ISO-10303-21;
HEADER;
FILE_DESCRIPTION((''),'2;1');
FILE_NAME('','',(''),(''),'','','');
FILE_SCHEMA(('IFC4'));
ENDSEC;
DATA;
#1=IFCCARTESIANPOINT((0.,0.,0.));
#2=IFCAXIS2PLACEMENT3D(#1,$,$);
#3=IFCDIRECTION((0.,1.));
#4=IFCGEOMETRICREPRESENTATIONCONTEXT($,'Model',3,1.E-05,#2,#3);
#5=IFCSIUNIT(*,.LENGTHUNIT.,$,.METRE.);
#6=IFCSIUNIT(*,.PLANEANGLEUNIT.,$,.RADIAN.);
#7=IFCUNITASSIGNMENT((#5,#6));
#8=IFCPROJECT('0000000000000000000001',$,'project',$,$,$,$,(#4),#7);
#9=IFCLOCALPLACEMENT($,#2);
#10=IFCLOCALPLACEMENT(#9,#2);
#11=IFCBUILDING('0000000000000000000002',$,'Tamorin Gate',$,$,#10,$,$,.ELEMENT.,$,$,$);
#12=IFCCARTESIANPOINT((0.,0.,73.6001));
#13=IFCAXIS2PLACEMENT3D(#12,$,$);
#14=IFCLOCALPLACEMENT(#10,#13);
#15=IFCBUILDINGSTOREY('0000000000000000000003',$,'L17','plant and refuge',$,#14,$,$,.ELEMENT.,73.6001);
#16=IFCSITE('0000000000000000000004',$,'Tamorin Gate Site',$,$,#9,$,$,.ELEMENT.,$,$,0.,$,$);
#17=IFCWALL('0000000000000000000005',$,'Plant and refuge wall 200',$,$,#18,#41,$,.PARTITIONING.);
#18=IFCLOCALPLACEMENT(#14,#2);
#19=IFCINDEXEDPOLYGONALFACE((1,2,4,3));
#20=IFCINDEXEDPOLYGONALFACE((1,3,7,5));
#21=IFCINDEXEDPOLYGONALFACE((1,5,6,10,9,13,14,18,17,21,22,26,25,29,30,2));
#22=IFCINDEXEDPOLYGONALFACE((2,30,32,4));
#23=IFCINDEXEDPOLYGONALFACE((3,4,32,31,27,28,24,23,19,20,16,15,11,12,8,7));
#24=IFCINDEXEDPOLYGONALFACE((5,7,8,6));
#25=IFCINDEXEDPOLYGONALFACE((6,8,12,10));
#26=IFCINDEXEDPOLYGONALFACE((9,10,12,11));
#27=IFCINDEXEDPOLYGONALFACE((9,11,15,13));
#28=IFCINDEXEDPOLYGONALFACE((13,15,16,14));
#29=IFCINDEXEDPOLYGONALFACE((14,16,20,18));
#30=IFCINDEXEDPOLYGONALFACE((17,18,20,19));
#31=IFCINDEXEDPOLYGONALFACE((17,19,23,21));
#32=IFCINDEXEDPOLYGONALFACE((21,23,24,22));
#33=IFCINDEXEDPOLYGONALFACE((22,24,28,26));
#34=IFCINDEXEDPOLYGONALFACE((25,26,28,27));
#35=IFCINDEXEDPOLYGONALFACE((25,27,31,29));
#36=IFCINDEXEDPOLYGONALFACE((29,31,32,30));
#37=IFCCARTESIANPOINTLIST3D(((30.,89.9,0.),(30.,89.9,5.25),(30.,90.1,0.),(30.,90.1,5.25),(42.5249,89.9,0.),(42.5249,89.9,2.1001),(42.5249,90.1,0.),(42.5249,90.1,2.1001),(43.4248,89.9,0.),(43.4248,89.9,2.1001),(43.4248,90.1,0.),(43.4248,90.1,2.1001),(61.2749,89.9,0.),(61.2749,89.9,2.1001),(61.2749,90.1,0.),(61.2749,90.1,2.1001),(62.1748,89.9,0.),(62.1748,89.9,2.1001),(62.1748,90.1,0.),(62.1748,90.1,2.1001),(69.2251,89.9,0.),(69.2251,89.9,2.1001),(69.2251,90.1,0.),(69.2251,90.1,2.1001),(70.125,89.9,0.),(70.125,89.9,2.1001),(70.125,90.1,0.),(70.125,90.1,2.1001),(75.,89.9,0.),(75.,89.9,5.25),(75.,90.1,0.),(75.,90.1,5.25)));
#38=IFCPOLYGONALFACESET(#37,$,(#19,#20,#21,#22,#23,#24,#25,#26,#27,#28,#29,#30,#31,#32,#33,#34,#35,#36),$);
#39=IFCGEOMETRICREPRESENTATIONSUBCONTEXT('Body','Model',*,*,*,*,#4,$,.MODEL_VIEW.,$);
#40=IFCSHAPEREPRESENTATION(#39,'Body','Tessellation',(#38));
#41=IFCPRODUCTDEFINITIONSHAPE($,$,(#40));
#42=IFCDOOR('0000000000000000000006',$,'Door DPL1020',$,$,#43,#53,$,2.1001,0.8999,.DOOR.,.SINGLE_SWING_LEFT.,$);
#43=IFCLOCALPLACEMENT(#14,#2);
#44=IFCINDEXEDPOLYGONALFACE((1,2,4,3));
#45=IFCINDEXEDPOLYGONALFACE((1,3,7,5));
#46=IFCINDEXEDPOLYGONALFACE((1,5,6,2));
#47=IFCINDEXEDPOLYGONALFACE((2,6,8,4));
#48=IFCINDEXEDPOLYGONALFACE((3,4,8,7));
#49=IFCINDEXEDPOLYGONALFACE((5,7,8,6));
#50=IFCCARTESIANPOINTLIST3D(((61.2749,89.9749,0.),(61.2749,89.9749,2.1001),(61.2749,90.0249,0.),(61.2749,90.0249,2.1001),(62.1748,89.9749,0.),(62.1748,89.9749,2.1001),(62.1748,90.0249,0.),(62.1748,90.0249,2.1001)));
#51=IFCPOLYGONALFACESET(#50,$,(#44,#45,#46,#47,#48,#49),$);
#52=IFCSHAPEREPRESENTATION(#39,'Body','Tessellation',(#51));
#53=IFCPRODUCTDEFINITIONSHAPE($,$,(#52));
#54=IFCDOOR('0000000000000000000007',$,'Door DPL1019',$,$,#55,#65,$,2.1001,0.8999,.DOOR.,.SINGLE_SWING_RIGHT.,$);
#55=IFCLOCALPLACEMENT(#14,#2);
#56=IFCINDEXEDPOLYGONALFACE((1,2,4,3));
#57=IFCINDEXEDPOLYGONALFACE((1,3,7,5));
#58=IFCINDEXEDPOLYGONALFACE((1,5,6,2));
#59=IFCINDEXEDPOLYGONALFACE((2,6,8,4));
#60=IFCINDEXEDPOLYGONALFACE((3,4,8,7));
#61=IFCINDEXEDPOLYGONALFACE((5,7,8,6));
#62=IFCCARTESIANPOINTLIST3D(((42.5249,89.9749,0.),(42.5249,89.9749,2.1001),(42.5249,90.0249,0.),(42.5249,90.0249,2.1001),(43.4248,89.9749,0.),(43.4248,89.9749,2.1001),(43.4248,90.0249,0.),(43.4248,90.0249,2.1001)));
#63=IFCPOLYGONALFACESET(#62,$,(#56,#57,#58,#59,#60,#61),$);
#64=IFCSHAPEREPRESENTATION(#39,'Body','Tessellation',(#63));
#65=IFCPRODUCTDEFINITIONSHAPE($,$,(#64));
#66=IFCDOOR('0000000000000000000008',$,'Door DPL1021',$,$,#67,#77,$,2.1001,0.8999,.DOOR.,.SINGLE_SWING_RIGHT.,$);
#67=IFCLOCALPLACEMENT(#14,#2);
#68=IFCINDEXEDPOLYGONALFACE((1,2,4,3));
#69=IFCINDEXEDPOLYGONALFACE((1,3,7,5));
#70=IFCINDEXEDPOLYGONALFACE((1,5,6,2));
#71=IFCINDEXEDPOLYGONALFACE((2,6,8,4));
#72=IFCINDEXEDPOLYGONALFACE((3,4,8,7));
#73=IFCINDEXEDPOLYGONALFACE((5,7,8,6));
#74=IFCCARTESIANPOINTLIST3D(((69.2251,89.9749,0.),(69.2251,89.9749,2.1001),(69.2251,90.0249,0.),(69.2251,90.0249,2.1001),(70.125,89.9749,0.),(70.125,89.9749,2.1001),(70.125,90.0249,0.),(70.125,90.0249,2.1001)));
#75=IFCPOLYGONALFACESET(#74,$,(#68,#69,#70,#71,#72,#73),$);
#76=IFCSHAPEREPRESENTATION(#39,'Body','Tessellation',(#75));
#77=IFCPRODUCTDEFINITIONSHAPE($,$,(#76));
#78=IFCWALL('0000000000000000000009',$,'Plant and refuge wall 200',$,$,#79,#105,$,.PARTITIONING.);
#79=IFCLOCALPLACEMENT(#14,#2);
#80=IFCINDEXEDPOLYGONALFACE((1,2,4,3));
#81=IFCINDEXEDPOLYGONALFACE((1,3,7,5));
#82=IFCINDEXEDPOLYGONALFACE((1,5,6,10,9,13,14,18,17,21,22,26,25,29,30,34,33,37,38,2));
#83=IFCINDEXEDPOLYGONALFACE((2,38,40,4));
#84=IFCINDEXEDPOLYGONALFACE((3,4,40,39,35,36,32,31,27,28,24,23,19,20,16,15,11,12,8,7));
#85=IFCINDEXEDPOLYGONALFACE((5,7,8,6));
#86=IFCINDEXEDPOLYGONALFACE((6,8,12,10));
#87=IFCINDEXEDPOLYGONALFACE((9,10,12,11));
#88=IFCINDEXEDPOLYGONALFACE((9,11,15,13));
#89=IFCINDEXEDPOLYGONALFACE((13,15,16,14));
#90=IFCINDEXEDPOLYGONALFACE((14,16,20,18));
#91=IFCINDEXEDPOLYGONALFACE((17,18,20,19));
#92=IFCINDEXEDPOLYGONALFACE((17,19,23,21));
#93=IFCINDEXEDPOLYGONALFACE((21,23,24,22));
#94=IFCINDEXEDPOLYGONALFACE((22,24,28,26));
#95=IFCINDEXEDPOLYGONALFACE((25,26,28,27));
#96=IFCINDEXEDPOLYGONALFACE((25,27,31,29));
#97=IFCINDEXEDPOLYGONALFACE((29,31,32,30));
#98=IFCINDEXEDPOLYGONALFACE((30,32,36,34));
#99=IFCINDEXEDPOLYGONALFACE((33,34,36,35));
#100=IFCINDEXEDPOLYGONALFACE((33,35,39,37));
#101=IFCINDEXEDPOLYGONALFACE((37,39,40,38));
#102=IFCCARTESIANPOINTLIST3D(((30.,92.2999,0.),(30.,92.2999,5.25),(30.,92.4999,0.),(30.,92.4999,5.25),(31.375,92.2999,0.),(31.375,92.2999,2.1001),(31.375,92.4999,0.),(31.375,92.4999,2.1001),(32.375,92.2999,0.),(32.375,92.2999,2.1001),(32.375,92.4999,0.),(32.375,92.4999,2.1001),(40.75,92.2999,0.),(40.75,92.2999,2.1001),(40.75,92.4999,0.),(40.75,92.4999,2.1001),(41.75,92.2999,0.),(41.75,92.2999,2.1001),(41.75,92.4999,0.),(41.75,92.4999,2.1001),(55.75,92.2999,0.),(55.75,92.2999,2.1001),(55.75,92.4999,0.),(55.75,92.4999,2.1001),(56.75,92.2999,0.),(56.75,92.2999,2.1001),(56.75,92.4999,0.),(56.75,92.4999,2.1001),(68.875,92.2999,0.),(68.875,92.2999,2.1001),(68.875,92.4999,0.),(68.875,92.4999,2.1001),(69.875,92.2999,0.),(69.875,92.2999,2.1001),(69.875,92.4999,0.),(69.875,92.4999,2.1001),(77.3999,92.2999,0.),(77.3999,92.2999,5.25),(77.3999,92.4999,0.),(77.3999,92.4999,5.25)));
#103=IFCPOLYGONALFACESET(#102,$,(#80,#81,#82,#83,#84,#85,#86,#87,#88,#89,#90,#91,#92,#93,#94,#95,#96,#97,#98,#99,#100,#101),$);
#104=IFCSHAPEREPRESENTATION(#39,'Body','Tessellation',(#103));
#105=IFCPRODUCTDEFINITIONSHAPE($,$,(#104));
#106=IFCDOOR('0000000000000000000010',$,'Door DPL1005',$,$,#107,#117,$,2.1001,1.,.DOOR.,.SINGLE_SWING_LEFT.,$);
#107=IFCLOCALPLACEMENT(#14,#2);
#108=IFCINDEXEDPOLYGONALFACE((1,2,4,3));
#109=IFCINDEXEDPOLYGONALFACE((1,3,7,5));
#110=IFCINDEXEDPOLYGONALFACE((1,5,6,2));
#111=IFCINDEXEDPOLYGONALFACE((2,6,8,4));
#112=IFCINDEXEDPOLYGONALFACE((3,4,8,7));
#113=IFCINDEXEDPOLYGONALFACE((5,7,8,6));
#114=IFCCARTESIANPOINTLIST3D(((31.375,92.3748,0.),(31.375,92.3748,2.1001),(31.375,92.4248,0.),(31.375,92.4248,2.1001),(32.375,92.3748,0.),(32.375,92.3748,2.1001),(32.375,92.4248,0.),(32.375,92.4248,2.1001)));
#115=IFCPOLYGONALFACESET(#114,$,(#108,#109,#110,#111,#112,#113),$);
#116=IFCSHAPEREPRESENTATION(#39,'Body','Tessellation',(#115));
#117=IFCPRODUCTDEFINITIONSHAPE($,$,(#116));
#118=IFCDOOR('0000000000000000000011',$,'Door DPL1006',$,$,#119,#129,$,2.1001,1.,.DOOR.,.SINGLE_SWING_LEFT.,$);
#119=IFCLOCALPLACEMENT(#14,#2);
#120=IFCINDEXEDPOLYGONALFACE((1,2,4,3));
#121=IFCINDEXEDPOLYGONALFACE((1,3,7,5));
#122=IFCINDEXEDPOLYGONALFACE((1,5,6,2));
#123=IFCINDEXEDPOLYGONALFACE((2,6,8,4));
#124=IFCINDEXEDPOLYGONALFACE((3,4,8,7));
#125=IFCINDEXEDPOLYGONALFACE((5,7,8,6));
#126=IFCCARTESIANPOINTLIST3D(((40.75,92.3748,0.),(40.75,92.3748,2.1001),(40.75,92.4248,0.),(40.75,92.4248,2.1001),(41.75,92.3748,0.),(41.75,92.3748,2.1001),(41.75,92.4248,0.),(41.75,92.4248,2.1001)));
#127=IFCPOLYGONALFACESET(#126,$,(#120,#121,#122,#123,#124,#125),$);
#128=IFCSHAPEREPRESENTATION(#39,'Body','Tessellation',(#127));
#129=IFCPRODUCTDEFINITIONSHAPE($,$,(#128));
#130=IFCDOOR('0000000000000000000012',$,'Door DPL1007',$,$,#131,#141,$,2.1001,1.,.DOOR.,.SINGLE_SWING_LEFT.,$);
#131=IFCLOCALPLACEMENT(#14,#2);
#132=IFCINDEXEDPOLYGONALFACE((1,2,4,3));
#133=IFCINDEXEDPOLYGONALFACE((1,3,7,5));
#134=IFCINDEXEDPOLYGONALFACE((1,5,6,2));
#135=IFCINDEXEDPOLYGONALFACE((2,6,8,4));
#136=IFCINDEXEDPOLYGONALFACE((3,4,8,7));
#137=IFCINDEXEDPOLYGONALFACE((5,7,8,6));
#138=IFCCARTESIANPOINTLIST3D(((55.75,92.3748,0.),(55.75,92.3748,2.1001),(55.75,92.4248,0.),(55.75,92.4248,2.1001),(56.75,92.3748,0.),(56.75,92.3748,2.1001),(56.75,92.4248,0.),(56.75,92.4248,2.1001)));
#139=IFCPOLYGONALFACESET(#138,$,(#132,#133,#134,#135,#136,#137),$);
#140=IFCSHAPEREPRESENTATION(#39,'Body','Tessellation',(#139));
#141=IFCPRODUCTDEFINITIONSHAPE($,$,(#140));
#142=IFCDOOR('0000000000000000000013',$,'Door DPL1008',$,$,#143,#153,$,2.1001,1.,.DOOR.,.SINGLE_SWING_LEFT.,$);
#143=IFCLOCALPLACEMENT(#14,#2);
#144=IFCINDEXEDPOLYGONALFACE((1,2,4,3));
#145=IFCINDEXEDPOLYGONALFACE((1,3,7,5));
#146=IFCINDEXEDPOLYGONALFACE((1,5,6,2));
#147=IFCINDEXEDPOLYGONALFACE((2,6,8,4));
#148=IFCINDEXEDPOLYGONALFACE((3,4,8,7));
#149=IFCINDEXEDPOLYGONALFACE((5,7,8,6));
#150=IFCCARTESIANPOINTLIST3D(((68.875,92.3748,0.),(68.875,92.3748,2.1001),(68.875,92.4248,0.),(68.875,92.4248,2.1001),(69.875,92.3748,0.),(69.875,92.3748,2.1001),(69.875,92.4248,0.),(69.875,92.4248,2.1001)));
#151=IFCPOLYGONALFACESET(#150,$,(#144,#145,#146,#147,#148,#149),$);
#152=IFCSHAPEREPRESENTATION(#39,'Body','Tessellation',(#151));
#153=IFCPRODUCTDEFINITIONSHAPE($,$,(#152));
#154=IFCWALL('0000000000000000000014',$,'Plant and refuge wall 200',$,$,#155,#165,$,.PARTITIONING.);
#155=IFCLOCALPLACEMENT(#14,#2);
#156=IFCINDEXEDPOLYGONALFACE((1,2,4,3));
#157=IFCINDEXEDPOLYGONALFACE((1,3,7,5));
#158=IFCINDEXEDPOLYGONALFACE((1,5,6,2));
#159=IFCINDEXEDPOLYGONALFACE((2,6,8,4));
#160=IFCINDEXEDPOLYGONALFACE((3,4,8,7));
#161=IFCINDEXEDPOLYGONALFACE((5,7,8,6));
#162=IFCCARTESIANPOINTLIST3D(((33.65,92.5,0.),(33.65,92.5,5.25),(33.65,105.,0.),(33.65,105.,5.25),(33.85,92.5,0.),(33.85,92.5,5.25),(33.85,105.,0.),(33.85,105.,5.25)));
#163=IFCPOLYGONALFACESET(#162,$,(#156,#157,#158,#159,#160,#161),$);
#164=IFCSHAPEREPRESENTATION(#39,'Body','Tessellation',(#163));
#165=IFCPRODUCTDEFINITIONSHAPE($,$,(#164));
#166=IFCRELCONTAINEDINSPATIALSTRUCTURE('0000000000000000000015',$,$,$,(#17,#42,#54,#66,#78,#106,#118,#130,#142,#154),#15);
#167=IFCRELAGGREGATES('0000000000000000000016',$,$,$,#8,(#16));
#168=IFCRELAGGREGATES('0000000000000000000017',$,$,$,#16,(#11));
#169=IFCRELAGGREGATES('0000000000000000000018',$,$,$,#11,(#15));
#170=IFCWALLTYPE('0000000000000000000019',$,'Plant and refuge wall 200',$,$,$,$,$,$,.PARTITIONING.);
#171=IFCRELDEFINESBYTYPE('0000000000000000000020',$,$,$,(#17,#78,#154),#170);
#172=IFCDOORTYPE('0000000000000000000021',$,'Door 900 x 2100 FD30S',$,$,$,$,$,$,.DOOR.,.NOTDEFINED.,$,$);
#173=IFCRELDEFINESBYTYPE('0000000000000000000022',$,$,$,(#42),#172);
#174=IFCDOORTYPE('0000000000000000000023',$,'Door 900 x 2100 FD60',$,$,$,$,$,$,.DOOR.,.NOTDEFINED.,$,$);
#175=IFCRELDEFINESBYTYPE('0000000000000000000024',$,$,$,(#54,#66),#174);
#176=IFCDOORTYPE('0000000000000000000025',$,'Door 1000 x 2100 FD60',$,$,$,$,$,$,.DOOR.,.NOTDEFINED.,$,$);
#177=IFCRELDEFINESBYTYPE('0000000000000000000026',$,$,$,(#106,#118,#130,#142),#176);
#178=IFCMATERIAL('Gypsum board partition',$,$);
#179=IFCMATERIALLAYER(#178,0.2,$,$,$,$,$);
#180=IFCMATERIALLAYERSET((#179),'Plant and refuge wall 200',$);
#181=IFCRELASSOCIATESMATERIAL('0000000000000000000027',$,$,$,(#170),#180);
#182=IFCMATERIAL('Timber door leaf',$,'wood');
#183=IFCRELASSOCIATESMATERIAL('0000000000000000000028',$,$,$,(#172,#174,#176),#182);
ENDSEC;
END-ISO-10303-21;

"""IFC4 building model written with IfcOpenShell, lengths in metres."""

from ifc_helpers import new_model, si_unit, direction, frame, frame_2d, origin, place, context, subcontext, project, spatial, rectangle, extrude, material, layer, layer_set, type_object, element, fill, save


model = new_model("IFC4")

# Units and contexts
model_context = context("Model", 3, precision=1e-05, world=origin(), true_north=direction((0.0, 1.0)))
body_context = subcontext(model_context, "Body", "Model", "MODEL_VIEW")
ifc_project = project(units=[si_unit("LENGTHUNIT", "METRE"), si_unit("PLANEANGLEUNIT", "RADIAN")], contexts=[model_context])

# Site, building, storey
site_placement = place(None, origin())
site = spatial("IfcSite", under=ifc_project, at=site_placement, Name="Tamorin Gate Site", CompositionType="ELEMENT", RefElevation=0.0)
building_placement = place(site_placement, origin())
building = spatial("IfcBuilding", under=site, at=building_placement, Name="Tamorin Gate", CompositionType="ELEMENT")
storey_placement = place(building_placement, frame((0.0, 0.0, 73.6001)))
storey = spatial("IfcBuildingStorey", under=building, at=storey_placement, Name="L17", Description="plant and refuge", CompositionType="ELEMENT", Elevation=73.6001)

# Walls, openings, doors
ifc_material_1 = material(Name="Gypsum board partition")
ifc_layer_1 = layer(ifc_material_1, 0.2)
ifc_layer_set_1 = layer_set([ifc_layer_1], Name="Plant and refuge wall 200")
wall_type_1 = type_object("IfcWallType", Name="Plant and refuge wall 200", PredefinedType="PARTITIONING", material=ifc_layer_set_1)
wall_1_placement = place(storey_placement, frame((30.0, 90.0, 0.0), z_axis=(0.0, 0.0, 1.0), x_axis=(1.0, 0.0, 0.0)))
wall_1 = element("IfcWall", 1, at=wall_1_placement, inside=storey, type_object=wall_type_1, Name="Plant and refuge wall 200", PredefinedType="PARTITIONING", context=body_context, shape_type="SweptSolid", body=[
    extrude(rectangle(XDim=45.0, YDim=0.2, at=frame_2d((22.5, 0.0))), origin(), (0.0, 0.0, 1.0), 5.25),
])
opening_1_placement = place(wall_1_placement, frame((12.5249, 0.0, 0.0)))
opening_1 = element("IfcOpeningElement", 2, at=opening_1_placement, cuts=wall_1, PredefinedType="OPENING", context=body_context, shape_type="SweptSolid", body=[
    extrude(rectangle(XDim=0.8999, YDim=2.1001, at=frame_2d((0.45, 1.05))), frame((0.0, 0.1099, 0.0), z_axis=(0.0, -1.0, 0.0), x_axis=(1.0, 0.0, 0.0)), (0.0, 0.0, 1.0), 0.22),
])
opening_2_placement = place(wall_1_placement, frame((31.2749, 0.0, 0.0)))
opening_2 = element("IfcOpeningElement", 3, at=opening_2_placement, cuts=wall_1, PredefinedType="OPENING", context=body_context, shape_type="SweptSolid", body=[
    extrude(rectangle(XDim=0.8999, YDim=2.1001, at=frame_2d((0.45, 1.05))), frame((0.0, 0.1099, 0.0), z_axis=(0.0, -1.0, 0.0), x_axis=(1.0, 0.0, 0.0)), (0.0, 0.0, 1.0), 0.22),
])
opening_3_placement = place(wall_1_placement, frame((39.2251, 0.0, 0.0)))
opening_3 = element("IfcOpeningElement", 4, at=opening_3_placement, cuts=wall_1, PredefinedType="OPENING", context=body_context, shape_type="SweptSolid", body=[
    extrude(rectangle(XDim=0.8999, YDim=2.1001, at=frame_2d((0.45, 1.05))), frame((0.0, 0.1099, 0.0), z_axis=(0.0, -1.0, 0.0), x_axis=(1.0, 0.0, 0.0)), (0.0, 0.0, 1.0), 0.22),
])
ifc_material_2 = material(Name="Timber door leaf", Category="wood")
door_type_1 = type_object("IfcDoorType", Name="Door 900 x 2100 FD30S", OperationType="NOTDEFINED", PredefinedType="DOOR", material=ifc_material_2)
door_1_placement = place(opening_2_placement, origin())
door_1 = element("IfcDoor", 5, at=door_1_placement, inside=storey, type_object=door_type_1, Name="Door DPL1020", OperationType="SINGLE_SWING_LEFT", OverallHeight=2.1001, OverallWidth=0.8999, PredefinedType="DOOR", context=body_context, shape_type="SweptSolid", body=[
    extrude(rectangle(XDim=0.8999, YDim=2.1001, at=frame_2d((0.45, 1.05))), frame((0.0, 0.0249, 0.0), z_axis=(0.0, -1.0, 0.0), x_axis=(1.0, 0.0, 0.0)), (0.0, 0.0, 1.0), 0.05),
])
fill(opening_2, door_1)
door_type_2 = type_object("IfcDoorType", Name="Door 900 x 2100 FD60", OperationType="NOTDEFINED", PredefinedType="DOOR", material=ifc_material_2)
door_2_placement = place(opening_1_placement, origin())
door_2 = element("IfcDoor", 6, at=door_2_placement, inside=storey, type_object=door_type_2, Name="Door DPL1019", OperationType="SINGLE_SWING_RIGHT", OverallHeight=2.1001, OverallWidth=0.8999, PredefinedType="DOOR", context=body_context, shape_type="SweptSolid", body=[
    extrude(rectangle(XDim=0.8999, YDim=2.1001, at=frame_2d((0.45, 1.05))), frame((0.0, 0.0249, 0.0), z_axis=(0.0, -1.0, 0.0), x_axis=(1.0, 0.0, 0.0)), (0.0, 0.0, 1.0), 0.05),
])
fill(opening_1, door_2)
door_3_placement = place(opening_3_placement, origin())
door_3 = element("IfcDoor", 7, at=door_3_placement, inside=storey, type_object=door_type_2, Name="Door DPL1021", OperationType="SINGLE_SWING_RIGHT", OverallHeight=2.1001, OverallWidth=0.8999, PredefinedType="DOOR", context=body_context, shape_type="SweptSolid", body=[
    extrude(rectangle(XDim=0.8999, YDim=2.1001, at=frame_2d((0.45, 1.05))), frame((0.0, 0.0249, 0.0), z_axis=(0.0, -1.0, 0.0), x_axis=(1.0, 0.0, 0.0)), (0.0, 0.0, 1.0), 0.05),
])
fill(opening_3, door_3)
wall_2_placement = place(storey_placement, frame((30.0, 92.3999, 0.0), z_axis=(0.0, 0.0, 1.0), x_axis=(1.0, 0.0, 0.0)))
wall_2 = element("IfcWall", 8, at=wall_2_placement, inside=storey, type_object=wall_type_1, Name="Plant and refuge wall 200", PredefinedType="PARTITIONING", context=body_context, shape_type="SweptSolid", body=[
    extrude(rectangle(XDim=47.3999, YDim=0.2, at=frame_2d((23.7, 0.0))), origin(), (0.0, 0.0, 1.0), 5.25),
])
opening_4_placement = place(wall_2_placement, frame((1.375, 0.0, 0.0)))
opening_4 = element("IfcOpeningElement", 9, at=opening_4_placement, cuts=wall_2, PredefinedType="OPENING", context=body_context, shape_type="SweptSolid", body=[
    extrude(rectangle(XDim=1.0, YDim=2.1001, at=frame_2d((0.5, 1.05))), frame((0.0, 0.1099, 0.0), z_axis=(0.0, -1.0, 0.0), x_axis=(1.0, 0.0, 0.0)), (0.0, 0.0, 1.0), 0.22),
])
opening_5_placement = place(wall_2_placement, frame((10.75, 0.0, 0.0)))
opening_5 = element("IfcOpeningElement", 10, at=opening_5_placement, cuts=wall_2, PredefinedType="OPENING", context=body_context, shape_type="SweptSolid", body=[
    extrude(rectangle(XDim=1.0, YDim=2.1001, at=frame_2d((0.5, 1.05))), frame((0.0, 0.1099, 0.0), z_axis=(0.0, -1.0, 0.0), x_axis=(1.0, 0.0, 0.0)), (0.0, 0.0, 1.0), 0.22),
])
opening_6_placement = place(wall_2_placement, frame((25.75, 0.0, 0.0)))
opening_6 = element("IfcOpeningElement", 11, at=opening_6_placement, cuts=wall_2, PredefinedType="OPENING", context=body_context, shape_type="SweptSolid", body=[
    extrude(rectangle(XDim=1.0, YDim=2.1001, at=frame_2d((0.5, 1.05))), frame((0.0, 0.1099, 0.0), z_axis=(0.0, -1.0, 0.0), x_axis=(1.0, 0.0, 0.0)), (0.0, 0.0, 1.0), 0.22),
])
opening_7_placement = place(wall_2_placement, frame((38.875, 0.0, 0.0)))
opening_7 = element("IfcOpeningElement", 12, at=opening_7_placement, cuts=wall_2, PredefinedType="OPENING", context=body_context, shape_type="SweptSolid", body=[
    extrude(rectangle(XDim=1.0, YDim=2.1001, at=frame_2d((0.5, 1.05))), frame((0.0, 0.1099, 0.0), z_axis=(0.0, -1.0, 0.0), x_axis=(1.0, 0.0, 0.0)), (0.0, 0.0, 1.0), 0.22),
])
door_type_3 = type_object("IfcDoorType", Name="Door 1000 x 2100 FD60", OperationType="NOTDEFINED", PredefinedType="DOOR", material=ifc_material_2)
door_4_placement = place(opening_4_placement, origin())
door_4 = element("IfcDoor", 13, at=door_4_placement, inside=storey, type_object=door_type_3, Name="Door DPL1005", OperationType="SINGLE_SWING_LEFT", OverallHeight=2.1001, OverallWidth=1.0, PredefinedType="DOOR", context=body_context, shape_type="SweptSolid", body=[
    extrude(rectangle(XDim=1.0, YDim=2.1001, at=frame_2d((0.5, 1.05))), frame((0.0, 0.0249, 0.0), z_axis=(0.0, -1.0, 0.0), x_axis=(1.0, 0.0, 0.0)), (0.0, 0.0, 1.0), 0.05),
])
fill(opening_4, door_4)
door_5_placement = place(opening_5_placement, origin())
door_5 = element("IfcDoor", 14, at=door_5_placement, inside=storey, type_object=door_type_3, Name="Door DPL1006", OperationType="SINGLE_SWING_LEFT", OverallHeight=2.1001, OverallWidth=1.0, PredefinedType="DOOR", context=body_context, shape_type="SweptSolid", body=[
    extrude(rectangle(XDim=1.0, YDim=2.1001, at=frame_2d((0.5, 1.05))), frame((0.0, 0.0249, 0.0), z_axis=(0.0, -1.0, 0.0), x_axis=(1.0, 0.0, 0.0)), (0.0, 0.0, 1.0), 0.05),
])
fill(opening_5, door_5)
door_6_placement = place(opening_6_placement, origin())
door_6 = element("IfcDoor", 15, at=door_6_placement, inside=storey, type_object=door_type_3, Name="Door DPL1007", OperationType="SINGLE_SWING_LEFT", OverallHeight=2.1001, OverallWidth=1.0, PredefinedType="DOOR", context=body_context, shape_type="SweptSolid", body=[
    extrude(rectangle(XDim=1.0, YDim=2.1001, at=frame_2d((0.5, 1.05))), frame((0.0, 0.0249, 0.0), z_axis=(0.0, -1.0, 0.0), x_axis=(1.0, 0.0, 0.0)), (0.0, 0.0, 1.0), 0.05),
])
fill(opening_6, door_6)
door_7_placement = place(opening_7_placement, origin())
door_7 = element("IfcDoor", 16, at=door_7_placement, inside=storey, type_object=door_type_3, Name="Door DPL1008", OperationType="SINGLE_SWING_LEFT", OverallHeight=2.1001, OverallWidth=1.0, PredefinedType="DOOR", context=body_context, shape_type="SweptSolid", body=[
    extrude(rectangle(XDim=1.0, YDim=2.1001, at=frame_2d((0.5, 1.05))), frame((0.0, 0.0249, 0.0), z_axis=(0.0, -1.0, 0.0), x_axis=(1.0, 0.0, 0.0)), (0.0, 0.0, 1.0), 0.05),
])
fill(opening_7, door_7)

# Wall
wall_3_placement = place(storey_placement, frame((33.75, 92.5, 0.0), z_axis=(0.0, 0.0, 1.0), x_axis=(0.0, 1.0, 0.0)))
element("IfcWall", 17, at=wall_3_placement, inside=storey, type_object=wall_type_1, Name="Plant and refuge wall 200", PredefinedType="PARTITIONING", context=body_context, shape_type="SweptSolid", body=[
    extrude(rectangle(XDim=12.5, YDim=0.2, at=frame_2d((6.25, 0.0))), origin(), (0.0, 0.0, 1.0), 5.25),
])

save(model, "model.ifc")
